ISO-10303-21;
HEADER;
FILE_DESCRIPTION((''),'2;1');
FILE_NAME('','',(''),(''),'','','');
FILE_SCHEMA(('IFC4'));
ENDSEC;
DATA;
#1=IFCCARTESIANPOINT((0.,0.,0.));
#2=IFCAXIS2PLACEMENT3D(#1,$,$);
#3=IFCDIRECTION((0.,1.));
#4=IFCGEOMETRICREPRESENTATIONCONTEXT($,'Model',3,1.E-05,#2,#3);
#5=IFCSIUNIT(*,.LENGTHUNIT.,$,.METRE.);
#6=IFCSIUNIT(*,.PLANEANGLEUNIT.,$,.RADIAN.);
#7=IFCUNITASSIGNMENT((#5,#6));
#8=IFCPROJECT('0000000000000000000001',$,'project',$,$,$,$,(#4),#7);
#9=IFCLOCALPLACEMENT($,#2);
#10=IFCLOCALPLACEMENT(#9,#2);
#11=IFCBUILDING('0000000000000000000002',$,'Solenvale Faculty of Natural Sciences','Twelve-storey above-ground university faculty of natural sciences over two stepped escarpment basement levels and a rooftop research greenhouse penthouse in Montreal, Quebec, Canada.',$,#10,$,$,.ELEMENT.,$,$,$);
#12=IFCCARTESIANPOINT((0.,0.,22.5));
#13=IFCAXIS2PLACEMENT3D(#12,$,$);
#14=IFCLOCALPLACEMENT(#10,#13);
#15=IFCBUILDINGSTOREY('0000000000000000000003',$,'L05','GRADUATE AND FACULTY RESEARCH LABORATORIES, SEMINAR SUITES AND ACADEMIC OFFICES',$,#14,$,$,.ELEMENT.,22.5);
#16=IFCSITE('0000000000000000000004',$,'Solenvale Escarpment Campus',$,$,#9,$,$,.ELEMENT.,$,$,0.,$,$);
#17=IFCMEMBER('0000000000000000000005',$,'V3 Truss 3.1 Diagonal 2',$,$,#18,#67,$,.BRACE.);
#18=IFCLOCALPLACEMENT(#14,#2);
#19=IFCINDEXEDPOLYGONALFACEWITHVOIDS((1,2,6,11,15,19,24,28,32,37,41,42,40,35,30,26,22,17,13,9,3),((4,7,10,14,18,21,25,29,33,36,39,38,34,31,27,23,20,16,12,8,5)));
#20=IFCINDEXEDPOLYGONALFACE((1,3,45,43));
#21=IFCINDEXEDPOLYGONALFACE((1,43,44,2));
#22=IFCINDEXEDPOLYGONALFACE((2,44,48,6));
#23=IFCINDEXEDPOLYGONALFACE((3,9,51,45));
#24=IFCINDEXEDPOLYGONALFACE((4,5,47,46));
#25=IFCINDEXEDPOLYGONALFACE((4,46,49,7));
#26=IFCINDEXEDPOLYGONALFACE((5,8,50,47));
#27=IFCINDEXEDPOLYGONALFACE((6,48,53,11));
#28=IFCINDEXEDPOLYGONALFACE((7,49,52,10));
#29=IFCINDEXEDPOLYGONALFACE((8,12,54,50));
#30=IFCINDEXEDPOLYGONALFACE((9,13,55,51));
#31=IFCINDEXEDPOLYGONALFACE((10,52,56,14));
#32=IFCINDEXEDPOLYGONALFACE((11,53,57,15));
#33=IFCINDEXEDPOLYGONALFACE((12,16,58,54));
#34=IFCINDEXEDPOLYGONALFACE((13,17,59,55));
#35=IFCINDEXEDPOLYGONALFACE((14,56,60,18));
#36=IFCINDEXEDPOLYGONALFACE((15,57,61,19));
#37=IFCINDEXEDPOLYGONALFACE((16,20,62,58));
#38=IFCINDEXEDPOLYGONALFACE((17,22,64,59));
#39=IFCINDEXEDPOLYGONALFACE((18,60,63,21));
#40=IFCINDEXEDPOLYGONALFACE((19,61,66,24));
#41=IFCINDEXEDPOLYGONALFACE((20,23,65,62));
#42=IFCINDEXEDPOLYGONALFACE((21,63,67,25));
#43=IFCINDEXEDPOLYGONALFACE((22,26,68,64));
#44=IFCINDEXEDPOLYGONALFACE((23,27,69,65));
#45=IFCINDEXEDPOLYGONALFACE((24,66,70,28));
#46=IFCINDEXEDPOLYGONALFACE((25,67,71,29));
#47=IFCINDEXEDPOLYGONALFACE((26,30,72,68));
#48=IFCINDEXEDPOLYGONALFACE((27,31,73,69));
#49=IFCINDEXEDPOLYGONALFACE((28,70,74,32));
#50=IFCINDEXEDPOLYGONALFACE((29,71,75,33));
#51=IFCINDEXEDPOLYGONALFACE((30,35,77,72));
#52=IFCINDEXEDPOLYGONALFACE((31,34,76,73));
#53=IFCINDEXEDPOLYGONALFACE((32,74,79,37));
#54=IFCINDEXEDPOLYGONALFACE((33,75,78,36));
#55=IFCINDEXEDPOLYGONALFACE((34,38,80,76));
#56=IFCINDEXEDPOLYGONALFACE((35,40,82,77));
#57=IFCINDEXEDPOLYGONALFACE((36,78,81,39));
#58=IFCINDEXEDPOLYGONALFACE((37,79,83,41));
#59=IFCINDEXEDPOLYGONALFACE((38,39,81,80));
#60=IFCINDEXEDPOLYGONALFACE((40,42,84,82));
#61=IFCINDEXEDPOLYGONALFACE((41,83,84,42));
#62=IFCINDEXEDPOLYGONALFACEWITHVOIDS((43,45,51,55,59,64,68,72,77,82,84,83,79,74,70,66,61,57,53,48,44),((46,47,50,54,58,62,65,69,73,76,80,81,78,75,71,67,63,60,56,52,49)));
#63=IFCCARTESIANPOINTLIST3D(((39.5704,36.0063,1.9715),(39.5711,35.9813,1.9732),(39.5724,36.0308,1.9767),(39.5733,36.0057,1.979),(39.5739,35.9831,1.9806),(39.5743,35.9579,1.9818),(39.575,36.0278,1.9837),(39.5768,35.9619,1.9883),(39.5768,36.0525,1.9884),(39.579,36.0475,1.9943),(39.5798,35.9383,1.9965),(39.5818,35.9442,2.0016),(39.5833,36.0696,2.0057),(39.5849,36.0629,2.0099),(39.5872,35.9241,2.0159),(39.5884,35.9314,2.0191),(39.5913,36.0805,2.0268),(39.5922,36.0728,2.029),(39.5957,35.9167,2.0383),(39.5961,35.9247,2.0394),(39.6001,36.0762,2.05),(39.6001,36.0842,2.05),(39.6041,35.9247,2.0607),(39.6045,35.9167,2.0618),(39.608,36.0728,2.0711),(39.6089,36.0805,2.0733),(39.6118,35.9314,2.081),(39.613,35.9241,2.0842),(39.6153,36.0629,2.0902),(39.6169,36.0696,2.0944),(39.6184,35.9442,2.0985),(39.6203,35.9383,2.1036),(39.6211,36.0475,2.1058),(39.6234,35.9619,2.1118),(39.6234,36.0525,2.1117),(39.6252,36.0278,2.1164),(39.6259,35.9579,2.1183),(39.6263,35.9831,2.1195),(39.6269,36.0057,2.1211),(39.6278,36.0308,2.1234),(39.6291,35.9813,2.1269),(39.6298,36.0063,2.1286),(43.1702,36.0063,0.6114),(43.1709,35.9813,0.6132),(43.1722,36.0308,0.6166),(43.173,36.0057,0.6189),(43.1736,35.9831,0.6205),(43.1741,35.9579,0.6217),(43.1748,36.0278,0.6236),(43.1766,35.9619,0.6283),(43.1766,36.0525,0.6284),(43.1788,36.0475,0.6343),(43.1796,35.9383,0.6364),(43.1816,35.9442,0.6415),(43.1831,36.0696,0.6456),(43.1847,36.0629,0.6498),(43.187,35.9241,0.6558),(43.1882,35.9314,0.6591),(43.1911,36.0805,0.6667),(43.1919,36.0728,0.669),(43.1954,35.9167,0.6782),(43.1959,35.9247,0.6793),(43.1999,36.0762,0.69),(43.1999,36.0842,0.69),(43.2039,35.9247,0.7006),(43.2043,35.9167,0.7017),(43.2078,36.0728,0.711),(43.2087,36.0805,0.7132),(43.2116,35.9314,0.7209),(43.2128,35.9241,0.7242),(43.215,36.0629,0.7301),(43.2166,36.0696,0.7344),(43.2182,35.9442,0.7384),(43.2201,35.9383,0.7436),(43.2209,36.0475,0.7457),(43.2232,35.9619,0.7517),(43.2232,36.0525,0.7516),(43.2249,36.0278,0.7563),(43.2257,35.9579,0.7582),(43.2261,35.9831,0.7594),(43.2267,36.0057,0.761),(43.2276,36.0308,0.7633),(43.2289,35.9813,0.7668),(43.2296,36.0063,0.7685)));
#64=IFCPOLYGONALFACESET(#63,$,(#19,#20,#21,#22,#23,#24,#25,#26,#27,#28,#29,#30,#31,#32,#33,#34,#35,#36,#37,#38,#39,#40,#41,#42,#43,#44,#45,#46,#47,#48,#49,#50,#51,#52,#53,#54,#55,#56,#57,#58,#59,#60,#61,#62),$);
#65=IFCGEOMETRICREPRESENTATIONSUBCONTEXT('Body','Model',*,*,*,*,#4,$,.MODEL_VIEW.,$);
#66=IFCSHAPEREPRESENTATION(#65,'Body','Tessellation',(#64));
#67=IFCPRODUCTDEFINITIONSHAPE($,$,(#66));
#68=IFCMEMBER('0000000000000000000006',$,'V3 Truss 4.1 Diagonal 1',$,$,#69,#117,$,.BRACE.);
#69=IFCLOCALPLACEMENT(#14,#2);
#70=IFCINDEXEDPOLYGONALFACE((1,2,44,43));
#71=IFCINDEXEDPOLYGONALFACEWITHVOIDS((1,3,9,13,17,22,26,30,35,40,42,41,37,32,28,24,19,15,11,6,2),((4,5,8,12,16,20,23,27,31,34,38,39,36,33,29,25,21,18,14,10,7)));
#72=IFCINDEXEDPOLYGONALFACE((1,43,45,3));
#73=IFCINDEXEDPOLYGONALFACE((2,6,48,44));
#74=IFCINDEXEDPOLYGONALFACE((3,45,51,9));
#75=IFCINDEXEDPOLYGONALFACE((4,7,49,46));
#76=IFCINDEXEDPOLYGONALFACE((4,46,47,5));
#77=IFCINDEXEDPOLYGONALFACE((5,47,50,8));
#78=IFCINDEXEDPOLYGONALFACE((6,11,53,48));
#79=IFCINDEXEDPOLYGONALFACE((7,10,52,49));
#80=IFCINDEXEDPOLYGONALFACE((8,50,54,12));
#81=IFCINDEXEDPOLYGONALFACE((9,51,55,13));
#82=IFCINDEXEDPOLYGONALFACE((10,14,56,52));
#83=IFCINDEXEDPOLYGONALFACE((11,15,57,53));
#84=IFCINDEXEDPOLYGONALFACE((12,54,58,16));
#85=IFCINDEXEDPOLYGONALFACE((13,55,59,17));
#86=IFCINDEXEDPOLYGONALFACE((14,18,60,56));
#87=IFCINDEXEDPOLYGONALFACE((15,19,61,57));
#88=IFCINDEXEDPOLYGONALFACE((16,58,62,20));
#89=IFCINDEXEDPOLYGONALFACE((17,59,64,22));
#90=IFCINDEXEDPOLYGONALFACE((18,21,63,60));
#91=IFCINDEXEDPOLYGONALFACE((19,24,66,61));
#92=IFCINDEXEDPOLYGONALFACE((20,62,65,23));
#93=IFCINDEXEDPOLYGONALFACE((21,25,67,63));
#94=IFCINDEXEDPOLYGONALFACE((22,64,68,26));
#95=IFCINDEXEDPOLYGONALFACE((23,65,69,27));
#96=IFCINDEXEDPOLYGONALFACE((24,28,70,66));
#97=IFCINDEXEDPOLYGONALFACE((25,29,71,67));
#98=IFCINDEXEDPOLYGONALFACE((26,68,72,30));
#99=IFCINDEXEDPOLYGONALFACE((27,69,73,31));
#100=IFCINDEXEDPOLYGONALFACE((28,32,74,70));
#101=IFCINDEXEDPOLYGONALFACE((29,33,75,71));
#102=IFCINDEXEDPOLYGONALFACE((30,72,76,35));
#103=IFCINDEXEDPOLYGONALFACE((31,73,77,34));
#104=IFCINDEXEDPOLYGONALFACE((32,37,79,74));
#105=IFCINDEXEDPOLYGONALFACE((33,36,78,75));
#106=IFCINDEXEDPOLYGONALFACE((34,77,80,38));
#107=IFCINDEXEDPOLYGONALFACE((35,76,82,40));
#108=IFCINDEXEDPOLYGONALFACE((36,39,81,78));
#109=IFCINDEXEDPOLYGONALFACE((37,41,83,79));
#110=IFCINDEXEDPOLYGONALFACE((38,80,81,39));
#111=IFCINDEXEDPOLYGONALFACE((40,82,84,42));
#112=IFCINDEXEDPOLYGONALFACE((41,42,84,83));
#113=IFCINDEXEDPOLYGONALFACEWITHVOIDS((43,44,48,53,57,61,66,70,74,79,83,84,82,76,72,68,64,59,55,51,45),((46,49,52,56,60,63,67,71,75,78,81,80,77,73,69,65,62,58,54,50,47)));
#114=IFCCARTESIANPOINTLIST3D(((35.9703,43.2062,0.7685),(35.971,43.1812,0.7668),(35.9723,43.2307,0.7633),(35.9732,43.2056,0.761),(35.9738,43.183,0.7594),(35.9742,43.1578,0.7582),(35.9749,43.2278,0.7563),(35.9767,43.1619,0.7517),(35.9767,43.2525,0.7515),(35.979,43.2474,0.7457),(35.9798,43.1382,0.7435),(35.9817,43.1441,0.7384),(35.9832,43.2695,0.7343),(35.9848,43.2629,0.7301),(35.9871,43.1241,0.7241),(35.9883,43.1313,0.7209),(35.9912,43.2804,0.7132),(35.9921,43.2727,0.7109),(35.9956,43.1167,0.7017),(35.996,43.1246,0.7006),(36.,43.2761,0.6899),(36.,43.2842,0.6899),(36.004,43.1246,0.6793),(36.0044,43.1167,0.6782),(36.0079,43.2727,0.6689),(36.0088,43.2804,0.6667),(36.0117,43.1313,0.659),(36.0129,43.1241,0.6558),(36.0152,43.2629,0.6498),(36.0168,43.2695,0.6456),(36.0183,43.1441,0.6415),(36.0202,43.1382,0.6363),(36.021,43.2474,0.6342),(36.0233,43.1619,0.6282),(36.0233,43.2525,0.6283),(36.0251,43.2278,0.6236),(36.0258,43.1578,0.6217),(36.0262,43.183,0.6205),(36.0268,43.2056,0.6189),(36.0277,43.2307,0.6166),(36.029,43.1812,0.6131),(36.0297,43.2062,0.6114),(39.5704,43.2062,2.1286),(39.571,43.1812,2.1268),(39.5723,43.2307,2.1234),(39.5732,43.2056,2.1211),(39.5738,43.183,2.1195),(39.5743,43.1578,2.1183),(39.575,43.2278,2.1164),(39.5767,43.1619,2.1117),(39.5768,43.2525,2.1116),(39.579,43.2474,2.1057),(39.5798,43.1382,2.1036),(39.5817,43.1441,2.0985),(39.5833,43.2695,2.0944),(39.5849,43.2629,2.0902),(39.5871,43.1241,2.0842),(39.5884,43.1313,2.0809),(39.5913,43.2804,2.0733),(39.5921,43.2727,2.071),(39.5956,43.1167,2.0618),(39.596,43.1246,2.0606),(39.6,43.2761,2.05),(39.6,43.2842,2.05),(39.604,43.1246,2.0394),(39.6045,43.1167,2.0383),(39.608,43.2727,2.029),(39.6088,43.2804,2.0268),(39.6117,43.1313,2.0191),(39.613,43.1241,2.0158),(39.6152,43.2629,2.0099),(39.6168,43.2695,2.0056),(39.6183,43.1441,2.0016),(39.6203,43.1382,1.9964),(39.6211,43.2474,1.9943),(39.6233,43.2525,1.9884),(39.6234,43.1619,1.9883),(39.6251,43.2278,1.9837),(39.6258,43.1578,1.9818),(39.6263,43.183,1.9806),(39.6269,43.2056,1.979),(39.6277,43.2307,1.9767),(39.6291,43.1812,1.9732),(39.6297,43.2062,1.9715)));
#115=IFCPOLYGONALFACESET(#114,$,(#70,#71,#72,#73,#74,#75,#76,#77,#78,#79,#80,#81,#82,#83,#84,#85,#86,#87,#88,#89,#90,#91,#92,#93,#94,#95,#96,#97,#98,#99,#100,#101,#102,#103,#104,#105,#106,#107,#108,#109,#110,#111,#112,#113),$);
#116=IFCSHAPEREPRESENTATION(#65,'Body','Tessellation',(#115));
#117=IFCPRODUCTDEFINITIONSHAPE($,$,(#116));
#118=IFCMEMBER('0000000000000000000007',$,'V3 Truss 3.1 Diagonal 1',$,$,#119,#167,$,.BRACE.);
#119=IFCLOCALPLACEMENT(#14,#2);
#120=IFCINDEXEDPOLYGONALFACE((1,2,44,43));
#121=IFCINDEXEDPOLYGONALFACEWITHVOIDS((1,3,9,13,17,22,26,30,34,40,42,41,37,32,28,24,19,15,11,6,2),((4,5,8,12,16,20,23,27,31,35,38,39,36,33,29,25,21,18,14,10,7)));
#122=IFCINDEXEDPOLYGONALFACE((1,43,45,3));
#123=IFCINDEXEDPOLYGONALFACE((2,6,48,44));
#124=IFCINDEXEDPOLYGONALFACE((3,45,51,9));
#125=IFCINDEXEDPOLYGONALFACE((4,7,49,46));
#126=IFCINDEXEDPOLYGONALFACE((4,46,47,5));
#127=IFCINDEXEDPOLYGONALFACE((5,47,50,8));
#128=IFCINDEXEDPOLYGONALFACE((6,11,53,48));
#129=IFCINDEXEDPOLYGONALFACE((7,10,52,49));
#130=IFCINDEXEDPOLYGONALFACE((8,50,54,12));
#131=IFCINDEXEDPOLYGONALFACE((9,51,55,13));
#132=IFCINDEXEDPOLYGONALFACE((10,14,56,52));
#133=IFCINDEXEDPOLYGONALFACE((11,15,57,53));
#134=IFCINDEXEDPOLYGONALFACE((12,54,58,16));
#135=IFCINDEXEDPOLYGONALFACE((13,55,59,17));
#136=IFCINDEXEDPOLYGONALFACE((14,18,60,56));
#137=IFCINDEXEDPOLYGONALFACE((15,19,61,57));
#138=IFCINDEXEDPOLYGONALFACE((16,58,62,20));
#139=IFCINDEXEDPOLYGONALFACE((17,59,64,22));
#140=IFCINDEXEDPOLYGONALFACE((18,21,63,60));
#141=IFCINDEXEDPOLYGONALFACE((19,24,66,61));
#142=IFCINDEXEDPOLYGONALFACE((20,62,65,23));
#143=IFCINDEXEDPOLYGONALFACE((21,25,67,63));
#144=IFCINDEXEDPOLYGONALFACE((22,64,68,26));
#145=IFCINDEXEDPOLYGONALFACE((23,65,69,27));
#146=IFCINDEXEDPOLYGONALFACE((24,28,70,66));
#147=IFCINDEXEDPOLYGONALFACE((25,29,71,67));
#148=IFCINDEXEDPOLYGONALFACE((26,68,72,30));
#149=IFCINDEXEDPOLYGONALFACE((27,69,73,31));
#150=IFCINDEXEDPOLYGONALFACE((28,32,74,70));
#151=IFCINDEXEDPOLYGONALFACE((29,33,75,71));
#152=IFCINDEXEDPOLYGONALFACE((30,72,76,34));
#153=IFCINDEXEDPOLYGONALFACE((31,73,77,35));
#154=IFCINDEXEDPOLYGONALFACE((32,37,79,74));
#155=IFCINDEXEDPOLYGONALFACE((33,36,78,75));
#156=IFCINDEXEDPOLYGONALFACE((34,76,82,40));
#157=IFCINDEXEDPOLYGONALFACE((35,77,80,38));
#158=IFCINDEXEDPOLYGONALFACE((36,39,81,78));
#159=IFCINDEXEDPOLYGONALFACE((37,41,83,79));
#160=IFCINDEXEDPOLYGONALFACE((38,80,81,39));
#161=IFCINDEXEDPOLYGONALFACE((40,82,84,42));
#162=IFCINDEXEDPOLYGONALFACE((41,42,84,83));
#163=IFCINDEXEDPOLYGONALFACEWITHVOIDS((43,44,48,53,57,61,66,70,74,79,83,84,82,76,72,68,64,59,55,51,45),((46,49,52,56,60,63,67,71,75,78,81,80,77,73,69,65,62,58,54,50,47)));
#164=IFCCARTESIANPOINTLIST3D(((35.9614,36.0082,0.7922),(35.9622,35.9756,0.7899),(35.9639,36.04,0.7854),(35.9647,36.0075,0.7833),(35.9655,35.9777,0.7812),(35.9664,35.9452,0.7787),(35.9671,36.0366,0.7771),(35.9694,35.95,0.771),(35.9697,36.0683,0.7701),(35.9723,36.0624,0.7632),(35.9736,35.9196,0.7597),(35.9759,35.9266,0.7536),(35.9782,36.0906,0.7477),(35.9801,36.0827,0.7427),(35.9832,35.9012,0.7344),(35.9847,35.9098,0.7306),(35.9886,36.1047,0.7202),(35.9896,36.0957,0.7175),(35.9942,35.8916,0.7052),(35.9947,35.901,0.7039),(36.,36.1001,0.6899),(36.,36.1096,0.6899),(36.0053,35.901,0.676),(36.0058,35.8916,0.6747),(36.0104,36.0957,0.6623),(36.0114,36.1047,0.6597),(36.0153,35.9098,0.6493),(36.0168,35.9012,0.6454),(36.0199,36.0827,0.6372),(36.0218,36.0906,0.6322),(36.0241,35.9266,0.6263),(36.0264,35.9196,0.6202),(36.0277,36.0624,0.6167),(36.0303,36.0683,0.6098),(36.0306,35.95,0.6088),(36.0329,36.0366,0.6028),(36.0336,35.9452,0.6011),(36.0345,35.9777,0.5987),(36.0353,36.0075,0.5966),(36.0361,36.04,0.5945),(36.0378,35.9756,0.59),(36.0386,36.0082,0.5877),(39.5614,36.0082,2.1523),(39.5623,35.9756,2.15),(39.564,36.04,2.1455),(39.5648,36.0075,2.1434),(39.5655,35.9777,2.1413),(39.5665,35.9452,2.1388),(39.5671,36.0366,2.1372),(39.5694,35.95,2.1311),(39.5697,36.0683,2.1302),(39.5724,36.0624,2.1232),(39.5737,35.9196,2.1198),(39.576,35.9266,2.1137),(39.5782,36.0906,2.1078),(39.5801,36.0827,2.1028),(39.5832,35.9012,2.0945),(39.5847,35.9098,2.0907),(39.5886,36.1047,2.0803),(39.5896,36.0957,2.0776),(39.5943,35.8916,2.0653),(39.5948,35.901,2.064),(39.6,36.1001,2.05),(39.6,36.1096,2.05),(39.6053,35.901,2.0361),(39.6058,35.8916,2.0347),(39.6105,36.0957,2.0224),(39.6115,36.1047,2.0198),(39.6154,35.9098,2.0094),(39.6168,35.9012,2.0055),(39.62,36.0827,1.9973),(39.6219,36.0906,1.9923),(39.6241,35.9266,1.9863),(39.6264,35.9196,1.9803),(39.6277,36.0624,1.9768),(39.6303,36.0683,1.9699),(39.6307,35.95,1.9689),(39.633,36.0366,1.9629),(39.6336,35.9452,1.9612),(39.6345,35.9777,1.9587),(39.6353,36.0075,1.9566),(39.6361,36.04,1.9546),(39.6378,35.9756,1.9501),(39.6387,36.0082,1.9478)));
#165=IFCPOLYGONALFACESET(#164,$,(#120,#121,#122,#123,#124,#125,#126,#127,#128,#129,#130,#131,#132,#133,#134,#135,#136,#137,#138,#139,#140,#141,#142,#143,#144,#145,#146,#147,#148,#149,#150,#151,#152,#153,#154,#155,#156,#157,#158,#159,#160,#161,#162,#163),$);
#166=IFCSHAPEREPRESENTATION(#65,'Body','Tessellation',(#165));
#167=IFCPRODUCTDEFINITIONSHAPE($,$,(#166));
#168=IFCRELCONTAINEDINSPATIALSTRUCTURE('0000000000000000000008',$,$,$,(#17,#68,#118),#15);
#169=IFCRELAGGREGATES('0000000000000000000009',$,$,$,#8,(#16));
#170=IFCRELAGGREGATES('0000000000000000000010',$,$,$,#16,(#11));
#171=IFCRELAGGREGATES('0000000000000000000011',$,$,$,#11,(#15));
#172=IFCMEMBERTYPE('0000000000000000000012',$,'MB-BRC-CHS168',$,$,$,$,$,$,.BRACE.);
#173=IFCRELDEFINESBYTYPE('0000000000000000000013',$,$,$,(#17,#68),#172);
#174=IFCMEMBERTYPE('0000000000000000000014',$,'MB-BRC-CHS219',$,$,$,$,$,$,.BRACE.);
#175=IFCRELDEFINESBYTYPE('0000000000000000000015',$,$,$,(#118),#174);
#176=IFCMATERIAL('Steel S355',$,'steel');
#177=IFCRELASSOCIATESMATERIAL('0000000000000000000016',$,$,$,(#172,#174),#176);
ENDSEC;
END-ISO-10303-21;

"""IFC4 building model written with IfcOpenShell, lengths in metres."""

from ifc_helpers import new_model, si_unit, direction, frame, origin, origin_2d, place, context, subcontext, project, spatial, hollow_circle, extrude, material, material_profile, profile_set, type_object, element, save


model = new_model("IFC4")

# Units and contexts
model_context = context("Model", 3, precision=1e-05, world=origin(), true_north=direction((0.0, 1.0)))
body_context = subcontext(model_context, "Body", "Model", "MODEL_VIEW")
ifc_project = project(units=[si_unit("LENGTHUNIT", "METRE"), si_unit("PLANEANGLEUNIT", "RADIAN")], contexts=[model_context])

# Site, building, storey
site_placement = place(None, origin())
site = spatial("IfcSite", under=ifc_project, at=site_placement, Name="Solenvale Escarpment Campus", CompositionType="ELEMENT", RefElevation=0.0)
building_placement = place(site_placement, origin())
building = spatial("IfcBuilding", under=site, at=building_placement, Name="Solenvale Faculty of Natural Sciences", Description="Twelve-storey above-ground university faculty of natural sciences over two stepped escarpment basement levels and a rooftop research greenhouse penthouse in Montreal, Quebec, Canada.", CompositionType="ELEMENT")
storey_placement = place(building_placement, frame((0.0, 0.0, 22.5)))
storey = spatial("IfcBuildingStorey", under=building, at=storey_placement, Name="L05", Description="GRADUATE AND FACULTY RESEARCH LABORATORIES, SEMINAR SUITES AND ACADEMIC OFFICES", CompositionType="ELEMENT", Elevation=22.5)

# Shared definitions
ifc_material_1 = material(Name="Steel S355", Category="steel")

# Members
ifc_material_profile_1 = material_profile(ifc_material_1, hollow_circle(Radius=0.0842, WallThickness=0.0081, at=origin_2d()), Name="HSS168x8.0")
ifc_profile_set_1 = profile_set([ifc_material_profile_1], Name="Steel S355")
member_type_1 = type_object("IfcMemberType", Name="MB-BRC-CHS168", PredefinedType="BRACE", material=ifc_profile_set_1)
member_1_placement = place(storey_placement, frame((39.6001, 36.0, 2.05), z_axis=(0.935458, 0.0, -0.353438), x_axis=(0.0, 1.0, 0.0)))
element("IfcMember", 1, at=member_1_placement, inside=storey, type_object=member_type_1, Name="V3 Truss 3.1 Diagonal 2", PredefinedType="BRACE", context=body_context, shape_type="SweptSolid", body=[
    extrude(hollow_circle(Radius=0.0842, WallThickness=0.0081, at=origin_2d()), origin(), (0.0, 0.0, 1.0), 3.8481),
])
member_2_placement = place(storey_placement, frame((36.0, 43.2, 0.6899), z_axis=(0.935466, 0.0, 0.353417), x_axis=(0.0, 1.0, 0.0)))
element("IfcMember", 2, at=member_2_placement, inside=storey, type_object=member_type_1, Name="V3 Truss 4.1 Diagonal 1", PredefinedType="BRACE", context=body_context, shape_type="SweptSolid", body=[
    extrude(hollow_circle(Radius=0.0842, WallThickness=0.0081, at=origin_2d()), origin(), (0.0, 0.0, 1.0), 3.8484),
])
ifc_material_profile_2 = material_profile(ifc_material_1, hollow_circle(Radius=0.1096, WallThickness=0.0095, at=origin_2d()), Name="HSS219x9.5")
ifc_profile_set_2 = profile_set([ifc_material_profile_2], Name="Steel S355")
member_type_2 = type_object("IfcMemberType", Name="MB-BRC-CHS219", PredefinedType="BRACE", material=ifc_profile_set_2)
member_3_placement = place(storey_placement, frame((36.0, 36.0, 0.6899), z_axis=(0.935466, 0.0, 0.353417), x_axis=(0.0, 1.0, 0.0)))
element("IfcMember", 3, at=member_3_placement, inside=storey, type_object=member_type_2, Name="V3 Truss 3.1 Diagonal 1", PredefinedType="BRACE", context=body_context, shape_type="SweptSolid", body=[
    extrude(hollow_circle(Radius=0.1096, WallThickness=0.0095, at=origin_2d()), origin(), (0.0, 0.0, 1.0), 3.8484),
])

save(model, "model.ifc")
